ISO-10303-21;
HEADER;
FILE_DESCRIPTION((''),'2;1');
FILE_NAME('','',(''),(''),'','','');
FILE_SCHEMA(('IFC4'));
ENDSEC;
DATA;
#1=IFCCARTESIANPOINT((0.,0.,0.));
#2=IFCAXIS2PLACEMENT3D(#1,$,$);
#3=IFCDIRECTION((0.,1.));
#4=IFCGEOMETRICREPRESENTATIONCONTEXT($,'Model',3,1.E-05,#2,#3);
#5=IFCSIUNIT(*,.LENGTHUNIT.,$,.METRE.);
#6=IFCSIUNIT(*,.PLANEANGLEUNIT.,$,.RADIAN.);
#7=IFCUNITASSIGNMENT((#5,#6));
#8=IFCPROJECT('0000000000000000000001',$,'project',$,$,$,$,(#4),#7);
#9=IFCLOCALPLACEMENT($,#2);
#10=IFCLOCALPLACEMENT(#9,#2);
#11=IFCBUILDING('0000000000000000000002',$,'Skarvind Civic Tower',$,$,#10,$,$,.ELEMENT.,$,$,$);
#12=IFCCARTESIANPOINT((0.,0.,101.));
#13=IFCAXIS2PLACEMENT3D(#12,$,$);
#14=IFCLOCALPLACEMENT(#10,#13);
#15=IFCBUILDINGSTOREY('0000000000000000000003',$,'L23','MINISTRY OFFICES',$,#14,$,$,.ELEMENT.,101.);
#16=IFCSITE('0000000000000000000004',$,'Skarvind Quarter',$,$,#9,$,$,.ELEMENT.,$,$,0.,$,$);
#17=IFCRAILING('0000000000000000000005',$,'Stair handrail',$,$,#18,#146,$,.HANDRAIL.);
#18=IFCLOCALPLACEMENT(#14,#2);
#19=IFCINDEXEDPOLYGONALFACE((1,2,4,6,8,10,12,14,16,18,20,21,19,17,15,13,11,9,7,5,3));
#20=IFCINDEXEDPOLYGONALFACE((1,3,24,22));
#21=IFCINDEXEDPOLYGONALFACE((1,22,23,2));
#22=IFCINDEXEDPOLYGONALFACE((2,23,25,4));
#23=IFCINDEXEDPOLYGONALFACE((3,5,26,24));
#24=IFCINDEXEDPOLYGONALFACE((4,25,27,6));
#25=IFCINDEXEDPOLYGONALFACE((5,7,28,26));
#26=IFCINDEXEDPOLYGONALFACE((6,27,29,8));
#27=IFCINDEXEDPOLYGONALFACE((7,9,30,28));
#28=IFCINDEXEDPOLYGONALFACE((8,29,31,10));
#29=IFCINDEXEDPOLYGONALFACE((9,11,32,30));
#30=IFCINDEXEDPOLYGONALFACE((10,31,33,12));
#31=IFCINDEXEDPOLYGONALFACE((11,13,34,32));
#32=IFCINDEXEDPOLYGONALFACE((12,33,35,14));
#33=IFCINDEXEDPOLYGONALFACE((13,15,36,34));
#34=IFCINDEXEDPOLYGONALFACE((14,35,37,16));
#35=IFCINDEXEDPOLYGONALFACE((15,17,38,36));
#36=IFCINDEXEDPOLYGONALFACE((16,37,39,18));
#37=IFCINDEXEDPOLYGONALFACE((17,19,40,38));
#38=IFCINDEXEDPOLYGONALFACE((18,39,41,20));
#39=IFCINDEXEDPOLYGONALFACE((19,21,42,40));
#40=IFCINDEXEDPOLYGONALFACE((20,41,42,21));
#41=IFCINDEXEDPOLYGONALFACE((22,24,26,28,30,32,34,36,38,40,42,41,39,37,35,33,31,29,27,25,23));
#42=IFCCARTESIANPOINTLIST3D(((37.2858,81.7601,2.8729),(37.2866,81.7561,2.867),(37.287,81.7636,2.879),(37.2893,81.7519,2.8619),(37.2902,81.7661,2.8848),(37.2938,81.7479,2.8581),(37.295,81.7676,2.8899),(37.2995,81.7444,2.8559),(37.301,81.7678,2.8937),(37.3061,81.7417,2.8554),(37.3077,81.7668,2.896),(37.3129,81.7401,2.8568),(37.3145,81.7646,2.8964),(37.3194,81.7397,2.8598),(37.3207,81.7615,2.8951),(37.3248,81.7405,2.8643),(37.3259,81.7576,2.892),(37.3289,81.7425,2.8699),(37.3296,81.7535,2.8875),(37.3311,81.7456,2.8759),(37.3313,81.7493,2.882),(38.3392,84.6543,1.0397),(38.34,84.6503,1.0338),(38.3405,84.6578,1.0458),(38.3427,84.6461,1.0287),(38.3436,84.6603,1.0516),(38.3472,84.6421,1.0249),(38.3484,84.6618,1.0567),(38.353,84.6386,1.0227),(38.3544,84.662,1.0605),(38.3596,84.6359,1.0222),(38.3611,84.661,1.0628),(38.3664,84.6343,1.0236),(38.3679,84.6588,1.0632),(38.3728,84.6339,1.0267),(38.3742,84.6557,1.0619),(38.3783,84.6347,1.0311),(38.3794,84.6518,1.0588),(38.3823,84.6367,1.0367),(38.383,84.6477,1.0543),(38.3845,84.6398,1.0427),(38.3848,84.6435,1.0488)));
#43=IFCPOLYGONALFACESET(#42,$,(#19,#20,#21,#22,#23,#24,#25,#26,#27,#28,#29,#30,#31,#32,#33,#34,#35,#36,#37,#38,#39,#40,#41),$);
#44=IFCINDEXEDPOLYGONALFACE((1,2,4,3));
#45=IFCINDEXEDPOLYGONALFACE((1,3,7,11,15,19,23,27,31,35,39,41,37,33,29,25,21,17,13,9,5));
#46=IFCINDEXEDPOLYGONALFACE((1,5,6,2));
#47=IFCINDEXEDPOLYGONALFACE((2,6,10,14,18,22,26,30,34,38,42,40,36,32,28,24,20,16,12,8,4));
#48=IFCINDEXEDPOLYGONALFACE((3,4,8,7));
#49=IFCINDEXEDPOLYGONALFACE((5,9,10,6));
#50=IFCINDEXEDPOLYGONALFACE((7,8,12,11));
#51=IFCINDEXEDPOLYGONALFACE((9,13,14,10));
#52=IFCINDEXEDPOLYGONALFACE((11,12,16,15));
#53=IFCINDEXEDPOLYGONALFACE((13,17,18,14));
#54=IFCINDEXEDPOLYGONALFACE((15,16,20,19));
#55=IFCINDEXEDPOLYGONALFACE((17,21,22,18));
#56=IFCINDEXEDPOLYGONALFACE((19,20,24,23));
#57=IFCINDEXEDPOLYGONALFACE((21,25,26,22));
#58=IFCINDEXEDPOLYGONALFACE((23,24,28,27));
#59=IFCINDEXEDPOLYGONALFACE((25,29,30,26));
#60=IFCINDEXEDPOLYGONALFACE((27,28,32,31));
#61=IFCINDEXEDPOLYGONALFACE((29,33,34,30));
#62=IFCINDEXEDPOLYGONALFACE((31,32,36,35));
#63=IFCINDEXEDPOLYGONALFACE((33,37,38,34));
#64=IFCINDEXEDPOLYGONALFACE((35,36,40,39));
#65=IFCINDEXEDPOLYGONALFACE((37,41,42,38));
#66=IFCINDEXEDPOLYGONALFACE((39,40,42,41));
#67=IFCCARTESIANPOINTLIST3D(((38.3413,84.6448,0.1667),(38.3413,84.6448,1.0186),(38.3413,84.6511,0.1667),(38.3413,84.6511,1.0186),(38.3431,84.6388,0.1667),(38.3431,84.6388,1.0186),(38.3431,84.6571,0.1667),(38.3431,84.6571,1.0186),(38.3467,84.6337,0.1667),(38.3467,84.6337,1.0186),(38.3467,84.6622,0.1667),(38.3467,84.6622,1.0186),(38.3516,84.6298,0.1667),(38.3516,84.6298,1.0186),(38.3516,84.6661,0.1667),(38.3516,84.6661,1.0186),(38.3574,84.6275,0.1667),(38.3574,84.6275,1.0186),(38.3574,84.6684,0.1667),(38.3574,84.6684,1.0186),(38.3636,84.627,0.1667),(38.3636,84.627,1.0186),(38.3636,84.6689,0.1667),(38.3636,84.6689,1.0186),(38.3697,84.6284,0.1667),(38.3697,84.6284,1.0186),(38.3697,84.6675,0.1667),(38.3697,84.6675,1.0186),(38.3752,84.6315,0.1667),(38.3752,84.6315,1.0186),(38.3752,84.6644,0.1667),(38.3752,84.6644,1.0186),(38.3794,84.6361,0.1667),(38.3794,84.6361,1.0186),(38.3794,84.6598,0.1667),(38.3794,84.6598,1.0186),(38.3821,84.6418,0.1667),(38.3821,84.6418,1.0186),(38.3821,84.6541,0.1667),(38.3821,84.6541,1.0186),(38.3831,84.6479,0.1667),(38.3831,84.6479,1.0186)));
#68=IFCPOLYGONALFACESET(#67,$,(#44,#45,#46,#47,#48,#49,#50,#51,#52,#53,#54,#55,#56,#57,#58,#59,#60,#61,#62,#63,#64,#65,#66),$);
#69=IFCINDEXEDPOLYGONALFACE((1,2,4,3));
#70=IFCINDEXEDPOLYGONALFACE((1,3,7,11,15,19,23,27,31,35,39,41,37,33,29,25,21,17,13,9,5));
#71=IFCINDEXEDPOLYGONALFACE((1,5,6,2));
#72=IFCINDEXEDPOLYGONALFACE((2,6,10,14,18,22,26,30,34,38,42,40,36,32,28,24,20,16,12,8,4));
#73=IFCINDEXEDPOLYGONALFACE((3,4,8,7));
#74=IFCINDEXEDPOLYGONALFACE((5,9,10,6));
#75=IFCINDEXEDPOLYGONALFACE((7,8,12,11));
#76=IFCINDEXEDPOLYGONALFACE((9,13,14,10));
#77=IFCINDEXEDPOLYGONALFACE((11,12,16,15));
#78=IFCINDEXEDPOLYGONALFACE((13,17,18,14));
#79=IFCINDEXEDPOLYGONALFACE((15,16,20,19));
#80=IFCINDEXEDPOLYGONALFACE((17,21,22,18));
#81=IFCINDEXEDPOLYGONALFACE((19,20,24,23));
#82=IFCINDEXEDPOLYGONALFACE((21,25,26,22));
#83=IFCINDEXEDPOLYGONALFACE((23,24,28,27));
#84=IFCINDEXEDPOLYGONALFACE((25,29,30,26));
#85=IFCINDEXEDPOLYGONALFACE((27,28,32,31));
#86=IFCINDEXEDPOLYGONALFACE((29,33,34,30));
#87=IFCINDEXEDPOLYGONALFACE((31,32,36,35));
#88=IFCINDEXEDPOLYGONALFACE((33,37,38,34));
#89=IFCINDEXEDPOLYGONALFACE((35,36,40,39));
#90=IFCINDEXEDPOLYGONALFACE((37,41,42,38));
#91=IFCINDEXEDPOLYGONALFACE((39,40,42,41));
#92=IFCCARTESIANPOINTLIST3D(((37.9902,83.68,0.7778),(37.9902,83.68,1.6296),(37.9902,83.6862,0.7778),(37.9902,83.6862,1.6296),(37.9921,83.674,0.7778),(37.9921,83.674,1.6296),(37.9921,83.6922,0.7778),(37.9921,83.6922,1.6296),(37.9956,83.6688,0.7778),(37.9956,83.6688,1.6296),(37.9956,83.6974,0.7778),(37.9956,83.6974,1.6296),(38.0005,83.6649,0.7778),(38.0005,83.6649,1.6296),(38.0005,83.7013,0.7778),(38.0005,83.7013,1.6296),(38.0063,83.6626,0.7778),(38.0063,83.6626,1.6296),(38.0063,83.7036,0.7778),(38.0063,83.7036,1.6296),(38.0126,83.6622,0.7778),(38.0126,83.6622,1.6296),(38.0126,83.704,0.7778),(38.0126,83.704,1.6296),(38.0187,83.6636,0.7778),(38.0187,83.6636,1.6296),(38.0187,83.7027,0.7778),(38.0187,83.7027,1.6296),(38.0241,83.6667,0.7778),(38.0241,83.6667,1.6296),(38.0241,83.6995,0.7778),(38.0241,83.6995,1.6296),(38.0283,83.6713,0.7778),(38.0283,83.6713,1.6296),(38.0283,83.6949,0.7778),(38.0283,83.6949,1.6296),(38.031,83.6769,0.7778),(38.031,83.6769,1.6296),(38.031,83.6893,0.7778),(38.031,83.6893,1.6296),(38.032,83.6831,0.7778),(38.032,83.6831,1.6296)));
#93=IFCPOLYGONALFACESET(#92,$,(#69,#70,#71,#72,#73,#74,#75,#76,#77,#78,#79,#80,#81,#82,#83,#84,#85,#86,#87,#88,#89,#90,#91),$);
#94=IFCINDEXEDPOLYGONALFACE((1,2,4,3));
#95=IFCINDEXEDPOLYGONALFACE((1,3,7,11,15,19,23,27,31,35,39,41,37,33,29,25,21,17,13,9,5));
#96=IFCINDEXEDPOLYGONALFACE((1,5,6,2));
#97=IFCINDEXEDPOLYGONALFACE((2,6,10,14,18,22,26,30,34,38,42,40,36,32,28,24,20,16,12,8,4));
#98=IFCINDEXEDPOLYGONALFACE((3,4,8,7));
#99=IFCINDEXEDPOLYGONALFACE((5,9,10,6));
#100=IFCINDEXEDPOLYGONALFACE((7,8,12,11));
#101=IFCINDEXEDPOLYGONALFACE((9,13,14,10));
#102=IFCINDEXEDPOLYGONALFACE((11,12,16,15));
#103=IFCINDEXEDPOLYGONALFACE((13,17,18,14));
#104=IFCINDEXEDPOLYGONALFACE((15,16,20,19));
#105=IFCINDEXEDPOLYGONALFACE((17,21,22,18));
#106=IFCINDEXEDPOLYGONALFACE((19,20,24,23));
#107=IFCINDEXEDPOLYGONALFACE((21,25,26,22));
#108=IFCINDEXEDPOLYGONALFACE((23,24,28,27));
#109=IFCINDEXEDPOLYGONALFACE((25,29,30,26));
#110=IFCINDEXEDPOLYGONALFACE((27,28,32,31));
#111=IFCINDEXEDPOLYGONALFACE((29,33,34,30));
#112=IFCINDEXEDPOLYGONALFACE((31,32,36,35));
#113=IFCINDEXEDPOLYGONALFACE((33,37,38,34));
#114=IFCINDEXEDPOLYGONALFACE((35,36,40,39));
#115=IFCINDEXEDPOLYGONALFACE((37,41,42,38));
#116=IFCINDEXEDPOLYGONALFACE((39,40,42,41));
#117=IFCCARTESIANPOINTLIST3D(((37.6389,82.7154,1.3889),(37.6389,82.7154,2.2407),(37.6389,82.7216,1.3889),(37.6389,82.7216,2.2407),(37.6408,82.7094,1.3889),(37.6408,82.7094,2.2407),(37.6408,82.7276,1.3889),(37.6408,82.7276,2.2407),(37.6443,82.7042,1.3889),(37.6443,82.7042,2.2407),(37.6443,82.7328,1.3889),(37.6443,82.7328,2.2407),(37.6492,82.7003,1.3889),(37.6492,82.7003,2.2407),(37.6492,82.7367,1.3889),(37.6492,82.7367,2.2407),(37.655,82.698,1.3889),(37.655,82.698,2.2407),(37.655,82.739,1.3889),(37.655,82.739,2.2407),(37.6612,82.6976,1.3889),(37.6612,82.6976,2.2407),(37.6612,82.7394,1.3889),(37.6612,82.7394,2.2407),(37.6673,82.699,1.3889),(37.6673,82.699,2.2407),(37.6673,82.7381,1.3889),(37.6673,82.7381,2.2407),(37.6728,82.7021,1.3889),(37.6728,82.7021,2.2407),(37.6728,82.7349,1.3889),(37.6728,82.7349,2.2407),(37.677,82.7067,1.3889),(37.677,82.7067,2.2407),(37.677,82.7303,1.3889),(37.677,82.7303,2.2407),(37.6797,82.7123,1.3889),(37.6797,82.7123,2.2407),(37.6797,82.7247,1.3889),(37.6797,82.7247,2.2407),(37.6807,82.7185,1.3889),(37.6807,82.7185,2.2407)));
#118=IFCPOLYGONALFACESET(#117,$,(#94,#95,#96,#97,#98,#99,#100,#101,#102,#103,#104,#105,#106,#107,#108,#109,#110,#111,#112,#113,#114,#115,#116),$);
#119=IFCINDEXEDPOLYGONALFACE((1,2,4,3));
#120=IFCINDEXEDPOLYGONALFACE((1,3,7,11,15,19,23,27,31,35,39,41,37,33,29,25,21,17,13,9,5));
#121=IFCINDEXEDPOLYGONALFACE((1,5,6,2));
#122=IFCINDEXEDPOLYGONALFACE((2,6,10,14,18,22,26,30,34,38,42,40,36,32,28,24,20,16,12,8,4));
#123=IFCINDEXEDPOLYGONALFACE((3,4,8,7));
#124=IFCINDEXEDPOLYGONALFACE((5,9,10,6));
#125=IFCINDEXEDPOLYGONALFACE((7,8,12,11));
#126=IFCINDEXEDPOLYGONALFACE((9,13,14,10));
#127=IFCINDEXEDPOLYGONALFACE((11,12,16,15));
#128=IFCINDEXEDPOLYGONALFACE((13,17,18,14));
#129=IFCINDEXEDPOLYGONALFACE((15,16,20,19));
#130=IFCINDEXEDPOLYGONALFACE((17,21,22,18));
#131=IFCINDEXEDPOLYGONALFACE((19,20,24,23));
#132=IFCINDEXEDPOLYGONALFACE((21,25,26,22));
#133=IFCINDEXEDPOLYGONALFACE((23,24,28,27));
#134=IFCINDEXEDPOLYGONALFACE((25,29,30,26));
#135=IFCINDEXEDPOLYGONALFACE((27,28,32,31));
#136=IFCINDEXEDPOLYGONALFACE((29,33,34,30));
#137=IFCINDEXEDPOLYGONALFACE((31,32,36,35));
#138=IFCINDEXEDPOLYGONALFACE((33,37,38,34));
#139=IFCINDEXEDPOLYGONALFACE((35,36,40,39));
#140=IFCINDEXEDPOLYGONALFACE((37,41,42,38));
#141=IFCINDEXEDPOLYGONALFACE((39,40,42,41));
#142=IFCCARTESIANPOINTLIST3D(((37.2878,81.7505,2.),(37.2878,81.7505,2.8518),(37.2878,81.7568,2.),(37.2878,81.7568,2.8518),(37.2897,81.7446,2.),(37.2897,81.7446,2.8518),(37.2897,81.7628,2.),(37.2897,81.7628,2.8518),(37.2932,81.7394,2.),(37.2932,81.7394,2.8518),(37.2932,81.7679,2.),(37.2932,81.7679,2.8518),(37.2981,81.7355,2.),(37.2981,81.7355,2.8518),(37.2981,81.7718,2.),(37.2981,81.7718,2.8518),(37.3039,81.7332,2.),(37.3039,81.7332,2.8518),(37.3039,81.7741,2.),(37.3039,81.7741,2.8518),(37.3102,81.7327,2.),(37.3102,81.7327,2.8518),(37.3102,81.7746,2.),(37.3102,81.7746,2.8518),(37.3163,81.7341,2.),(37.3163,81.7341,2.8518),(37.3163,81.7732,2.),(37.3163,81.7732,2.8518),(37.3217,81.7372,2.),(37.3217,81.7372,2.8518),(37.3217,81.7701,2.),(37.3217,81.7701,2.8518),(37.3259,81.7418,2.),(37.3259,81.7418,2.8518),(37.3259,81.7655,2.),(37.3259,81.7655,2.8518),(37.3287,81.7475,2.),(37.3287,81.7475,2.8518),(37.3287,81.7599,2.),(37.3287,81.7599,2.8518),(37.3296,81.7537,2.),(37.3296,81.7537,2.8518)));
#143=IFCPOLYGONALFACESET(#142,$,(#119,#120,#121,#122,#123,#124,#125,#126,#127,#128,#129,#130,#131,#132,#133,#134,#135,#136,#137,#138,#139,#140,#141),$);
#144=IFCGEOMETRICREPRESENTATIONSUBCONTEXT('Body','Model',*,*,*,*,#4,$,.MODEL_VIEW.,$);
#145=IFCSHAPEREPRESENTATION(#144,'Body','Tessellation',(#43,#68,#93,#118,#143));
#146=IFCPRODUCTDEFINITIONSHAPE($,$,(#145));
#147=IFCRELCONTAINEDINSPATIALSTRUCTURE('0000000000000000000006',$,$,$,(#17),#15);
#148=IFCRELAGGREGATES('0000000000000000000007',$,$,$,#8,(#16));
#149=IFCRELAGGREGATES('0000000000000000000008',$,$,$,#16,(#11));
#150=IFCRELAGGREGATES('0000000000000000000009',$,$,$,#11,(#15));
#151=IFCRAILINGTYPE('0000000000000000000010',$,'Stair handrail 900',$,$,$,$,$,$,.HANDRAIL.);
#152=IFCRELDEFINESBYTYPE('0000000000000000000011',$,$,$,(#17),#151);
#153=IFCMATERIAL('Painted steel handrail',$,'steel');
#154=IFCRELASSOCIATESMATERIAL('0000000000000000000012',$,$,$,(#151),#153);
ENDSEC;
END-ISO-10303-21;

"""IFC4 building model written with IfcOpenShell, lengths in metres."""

from ifc_helpers import new_model, si_unit, direction, frame, origin, origin_2d, place, context, subcontext, project, spatial, circle, extrude, material, type_object, element, save


model = new_model("IFC4")

# Units and contexts
model_context = context("Model", 3, precision=1e-05, world=origin(), true_north=direction((0.0, 1.0)))
body_context = subcontext(model_context, "Body", "Model", "MODEL_VIEW")
ifc_project = project(units=[si_unit("LENGTHUNIT", "METRE"), si_unit("PLANEANGLEUNIT", "RADIAN")], contexts=[model_context])

# Site, building, storey
site_placement = place(None, origin())
site = spatial("IfcSite", under=ifc_project, at=site_placement, Name="Skarvind Quarter", CompositionType="ELEMENT", RefElevation=0.0)
building_placement = place(site_placement, origin())
building = spatial("IfcBuilding", under=site, at=building_placement, Name="Skarvind Civic Tower", CompositionType="ELEMENT")
storey_placement = place(building_placement, frame((0.0, 0.0, 101.0)))
storey = spatial("IfcBuildingStorey", under=building, at=storey_placement, Name="L23", Description="MINISTRY OFFICES", CompositionType="ELEMENT", Elevation=101.0)

# Railing
ifc_material_1 = material(Name="Painted steel handrail", Category="steel")
railing_type = type_object("IfcRailingType", Name="Stair handrail 900", PredefinedType="HANDRAIL", material=ifc_material_1)
railing_1_placement = place(storey_placement, frame((38.3621, 84.6479, 0.1667)))
element("IfcRailing", 1, at=railing_1_placement, inside=storey, type_object=railing_type, Name="Stair handrail", PredefinedType="HANDRAIL", context=body_context, shape_type="SweptSolid", body=[
    extrude(circle(Radius=0.0239, at=origin_2d()), frame((0.0, 0.0, 0.876), z_axis=(-0.293908, -0.807481, 0.511461), x_axis=(0.939689, -0.342029, 0.0)), (0.0, 0.0, 1.0), 3.5842),
    extrude(circle(Radius=0.021, at=origin_2d()), origin(), (0.0, 0.0, 1.0), 0.8518),
    extrude(circle(Radius=0.021, at=origin_2d()), frame((-0.3511, -0.9648, 0.6111)), (0.0, 0.0, 1.0), 0.8518),
    extrude(circle(Radius=0.021, at=origin_2d()), frame((-0.7024, -1.9294, 1.2222)), (0.0, 0.0, 1.0), 0.8518),
    extrude(circle(Radius=0.021, at=origin_2d()), frame((-1.0535, -2.8943, 1.8333)), (0.0, 0.0, 1.0), 0.8518),
])

save(model, "model.ifc")
